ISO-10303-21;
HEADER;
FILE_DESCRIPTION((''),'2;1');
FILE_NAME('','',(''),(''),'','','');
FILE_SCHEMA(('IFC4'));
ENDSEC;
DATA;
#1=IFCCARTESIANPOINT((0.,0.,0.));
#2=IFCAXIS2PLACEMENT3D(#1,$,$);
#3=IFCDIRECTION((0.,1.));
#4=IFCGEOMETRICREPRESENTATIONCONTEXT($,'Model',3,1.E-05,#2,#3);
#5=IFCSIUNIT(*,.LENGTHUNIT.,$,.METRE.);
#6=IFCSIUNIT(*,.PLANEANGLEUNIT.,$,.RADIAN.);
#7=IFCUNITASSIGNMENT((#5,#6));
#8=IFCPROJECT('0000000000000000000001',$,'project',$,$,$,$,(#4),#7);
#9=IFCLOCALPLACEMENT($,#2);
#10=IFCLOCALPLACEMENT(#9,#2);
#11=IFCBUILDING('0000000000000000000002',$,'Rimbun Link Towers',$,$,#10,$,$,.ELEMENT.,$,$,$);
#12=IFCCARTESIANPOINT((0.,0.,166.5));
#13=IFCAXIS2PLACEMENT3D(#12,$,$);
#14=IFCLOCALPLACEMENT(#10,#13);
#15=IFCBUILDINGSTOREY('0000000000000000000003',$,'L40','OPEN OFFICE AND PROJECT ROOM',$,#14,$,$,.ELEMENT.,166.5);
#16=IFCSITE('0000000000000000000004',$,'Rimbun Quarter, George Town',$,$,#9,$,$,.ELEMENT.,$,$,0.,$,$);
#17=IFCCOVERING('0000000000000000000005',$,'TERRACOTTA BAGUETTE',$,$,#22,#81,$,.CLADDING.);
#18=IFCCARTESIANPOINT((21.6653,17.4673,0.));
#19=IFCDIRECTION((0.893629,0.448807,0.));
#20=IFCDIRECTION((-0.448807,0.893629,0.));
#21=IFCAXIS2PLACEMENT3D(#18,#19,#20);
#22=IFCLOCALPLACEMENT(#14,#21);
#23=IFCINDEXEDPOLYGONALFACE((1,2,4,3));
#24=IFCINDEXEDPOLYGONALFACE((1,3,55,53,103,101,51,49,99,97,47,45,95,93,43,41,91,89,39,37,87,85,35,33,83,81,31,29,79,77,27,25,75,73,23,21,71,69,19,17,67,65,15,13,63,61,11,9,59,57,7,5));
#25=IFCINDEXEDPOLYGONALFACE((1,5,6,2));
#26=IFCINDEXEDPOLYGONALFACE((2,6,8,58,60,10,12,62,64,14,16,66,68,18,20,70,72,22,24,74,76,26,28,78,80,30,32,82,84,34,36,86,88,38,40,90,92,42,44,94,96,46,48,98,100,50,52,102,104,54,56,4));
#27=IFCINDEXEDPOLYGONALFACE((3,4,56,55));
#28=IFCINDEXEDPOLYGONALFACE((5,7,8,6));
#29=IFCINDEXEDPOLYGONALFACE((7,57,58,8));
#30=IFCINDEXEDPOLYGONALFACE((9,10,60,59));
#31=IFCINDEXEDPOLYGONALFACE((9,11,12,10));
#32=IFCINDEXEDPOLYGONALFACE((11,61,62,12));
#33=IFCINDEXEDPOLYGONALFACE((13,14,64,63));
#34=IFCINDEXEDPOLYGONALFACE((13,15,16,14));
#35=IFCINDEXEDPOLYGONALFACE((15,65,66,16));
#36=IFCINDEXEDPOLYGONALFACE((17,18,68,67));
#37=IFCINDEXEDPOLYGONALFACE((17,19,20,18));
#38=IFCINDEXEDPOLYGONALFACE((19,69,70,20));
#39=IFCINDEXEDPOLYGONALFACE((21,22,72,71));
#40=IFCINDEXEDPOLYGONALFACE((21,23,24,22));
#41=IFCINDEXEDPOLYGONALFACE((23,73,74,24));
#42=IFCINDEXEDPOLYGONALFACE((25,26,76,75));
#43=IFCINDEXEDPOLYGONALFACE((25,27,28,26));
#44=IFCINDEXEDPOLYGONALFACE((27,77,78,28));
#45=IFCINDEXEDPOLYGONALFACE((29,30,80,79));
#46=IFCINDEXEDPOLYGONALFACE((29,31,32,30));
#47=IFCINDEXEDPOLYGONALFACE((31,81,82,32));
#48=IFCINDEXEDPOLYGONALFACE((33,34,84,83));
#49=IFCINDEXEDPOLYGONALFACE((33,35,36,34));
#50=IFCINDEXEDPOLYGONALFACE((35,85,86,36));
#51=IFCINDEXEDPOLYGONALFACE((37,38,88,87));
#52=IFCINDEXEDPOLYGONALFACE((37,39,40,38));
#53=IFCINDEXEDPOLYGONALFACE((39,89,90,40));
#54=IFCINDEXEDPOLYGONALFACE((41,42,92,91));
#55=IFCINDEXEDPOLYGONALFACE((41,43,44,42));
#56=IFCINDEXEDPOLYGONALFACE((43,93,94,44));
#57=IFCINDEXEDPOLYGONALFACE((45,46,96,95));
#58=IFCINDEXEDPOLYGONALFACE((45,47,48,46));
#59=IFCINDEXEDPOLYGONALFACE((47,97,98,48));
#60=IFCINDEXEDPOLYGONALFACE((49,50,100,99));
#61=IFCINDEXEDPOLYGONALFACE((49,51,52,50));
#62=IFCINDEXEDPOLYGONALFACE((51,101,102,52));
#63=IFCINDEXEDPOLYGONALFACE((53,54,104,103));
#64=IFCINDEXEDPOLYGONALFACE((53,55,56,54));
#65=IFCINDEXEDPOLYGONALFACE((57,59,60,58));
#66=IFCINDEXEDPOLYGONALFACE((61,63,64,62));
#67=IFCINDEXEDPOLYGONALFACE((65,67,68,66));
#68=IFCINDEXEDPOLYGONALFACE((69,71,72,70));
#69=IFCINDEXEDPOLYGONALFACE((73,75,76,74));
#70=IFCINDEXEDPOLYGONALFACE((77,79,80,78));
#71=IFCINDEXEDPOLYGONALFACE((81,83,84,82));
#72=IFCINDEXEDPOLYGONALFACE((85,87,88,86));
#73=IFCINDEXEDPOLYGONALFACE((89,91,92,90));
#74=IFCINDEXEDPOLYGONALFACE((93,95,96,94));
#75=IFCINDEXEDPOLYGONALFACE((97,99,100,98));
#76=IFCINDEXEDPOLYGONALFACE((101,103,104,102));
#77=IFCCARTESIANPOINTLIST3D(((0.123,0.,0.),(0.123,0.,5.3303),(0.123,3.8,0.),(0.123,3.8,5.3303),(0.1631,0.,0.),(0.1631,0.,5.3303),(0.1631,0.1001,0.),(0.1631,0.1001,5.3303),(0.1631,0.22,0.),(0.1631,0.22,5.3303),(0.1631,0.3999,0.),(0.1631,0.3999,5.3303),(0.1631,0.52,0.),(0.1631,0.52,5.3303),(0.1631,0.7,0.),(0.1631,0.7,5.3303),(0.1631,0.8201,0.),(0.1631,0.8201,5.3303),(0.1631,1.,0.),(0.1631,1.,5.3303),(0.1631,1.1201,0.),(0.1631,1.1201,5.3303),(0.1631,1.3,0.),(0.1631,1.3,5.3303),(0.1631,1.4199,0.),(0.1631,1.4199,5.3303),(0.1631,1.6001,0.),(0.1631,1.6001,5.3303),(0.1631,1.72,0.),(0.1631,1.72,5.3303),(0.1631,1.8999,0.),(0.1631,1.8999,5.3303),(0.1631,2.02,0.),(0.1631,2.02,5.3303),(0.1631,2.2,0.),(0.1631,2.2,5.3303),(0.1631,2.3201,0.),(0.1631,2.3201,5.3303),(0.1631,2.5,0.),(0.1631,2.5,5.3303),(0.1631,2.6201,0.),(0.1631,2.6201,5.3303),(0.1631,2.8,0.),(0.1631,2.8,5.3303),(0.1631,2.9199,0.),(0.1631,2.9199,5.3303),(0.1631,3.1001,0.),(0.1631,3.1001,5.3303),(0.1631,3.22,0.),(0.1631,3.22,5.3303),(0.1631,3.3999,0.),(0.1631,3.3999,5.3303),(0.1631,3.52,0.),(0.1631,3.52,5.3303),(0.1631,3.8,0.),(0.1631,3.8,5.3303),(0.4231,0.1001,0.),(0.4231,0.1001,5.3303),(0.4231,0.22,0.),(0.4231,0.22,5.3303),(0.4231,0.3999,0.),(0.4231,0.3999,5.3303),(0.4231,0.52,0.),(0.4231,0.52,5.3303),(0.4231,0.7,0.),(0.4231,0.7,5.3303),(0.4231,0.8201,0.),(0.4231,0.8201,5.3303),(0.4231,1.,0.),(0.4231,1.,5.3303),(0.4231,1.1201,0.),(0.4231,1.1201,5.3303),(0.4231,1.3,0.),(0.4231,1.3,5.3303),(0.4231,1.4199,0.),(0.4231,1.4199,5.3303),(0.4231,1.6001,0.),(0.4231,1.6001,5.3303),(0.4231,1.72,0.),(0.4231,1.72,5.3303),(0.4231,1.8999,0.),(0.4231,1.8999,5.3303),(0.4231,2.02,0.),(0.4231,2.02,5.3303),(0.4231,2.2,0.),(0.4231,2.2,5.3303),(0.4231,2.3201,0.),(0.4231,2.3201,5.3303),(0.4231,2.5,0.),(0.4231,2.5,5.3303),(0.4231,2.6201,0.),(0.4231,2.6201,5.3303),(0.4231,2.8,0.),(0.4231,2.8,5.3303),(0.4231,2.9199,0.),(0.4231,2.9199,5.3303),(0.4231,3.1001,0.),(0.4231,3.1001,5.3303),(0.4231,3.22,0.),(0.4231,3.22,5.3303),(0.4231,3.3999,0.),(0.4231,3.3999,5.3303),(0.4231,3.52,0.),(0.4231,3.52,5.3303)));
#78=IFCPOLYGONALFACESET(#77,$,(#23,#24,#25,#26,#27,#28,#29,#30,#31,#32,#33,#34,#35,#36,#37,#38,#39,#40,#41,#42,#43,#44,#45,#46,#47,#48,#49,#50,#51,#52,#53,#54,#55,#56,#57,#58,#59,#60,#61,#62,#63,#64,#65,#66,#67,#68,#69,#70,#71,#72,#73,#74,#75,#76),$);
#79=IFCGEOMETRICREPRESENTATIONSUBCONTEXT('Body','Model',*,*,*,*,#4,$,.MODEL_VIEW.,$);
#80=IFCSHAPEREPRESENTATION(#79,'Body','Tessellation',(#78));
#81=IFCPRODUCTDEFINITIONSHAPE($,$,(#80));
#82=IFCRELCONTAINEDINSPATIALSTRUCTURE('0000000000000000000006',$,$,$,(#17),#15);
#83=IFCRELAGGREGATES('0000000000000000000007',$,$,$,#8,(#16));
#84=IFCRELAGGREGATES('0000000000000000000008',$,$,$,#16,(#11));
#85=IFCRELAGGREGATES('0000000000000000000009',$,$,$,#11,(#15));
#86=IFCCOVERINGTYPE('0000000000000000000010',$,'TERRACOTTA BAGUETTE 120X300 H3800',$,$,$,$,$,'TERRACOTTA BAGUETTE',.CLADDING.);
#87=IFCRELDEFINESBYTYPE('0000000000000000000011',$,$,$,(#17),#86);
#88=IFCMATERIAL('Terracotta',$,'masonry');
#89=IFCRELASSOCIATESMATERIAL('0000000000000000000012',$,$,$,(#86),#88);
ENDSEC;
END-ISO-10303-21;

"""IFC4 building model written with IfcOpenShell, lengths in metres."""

from ifc_helpers import new_model, si_unit, direction, frame, origin, place, context, subcontext, project, spatial, polyline, outline, extrude, material, material_profile, profile_set, type_object, element, save


model = new_model("IFC4")

# Units and contexts
model_context = context("Model", 3, precision=1e-05, world=origin(), true_north=direction((0.0, 1.0)))
body_context = subcontext(model_context, "Body", "Model", "MODEL_VIEW")
ifc_project = project(units=[si_unit("LENGTHUNIT", "METRE"), si_unit("PLANEANGLEUNIT", "RADIAN")], contexts=[model_context])

# Site, building, storey
site_placement = place(None, origin())
site = spatial("IfcSite", under=ifc_project, at=site_placement, Name="Rimbun Quarter, George Town", CompositionType="ELEMENT", RefElevation=0.0)
building_placement = place(site_placement, origin())
building = spatial("IfcBuilding", under=site, at=building_placement, Name="Rimbun Link Towers", CompositionType="ELEMENT")
storey_placement = place(building_placement, frame((0.0, 0.0, 166.5)))
storey = spatial("IfcBuildingStorey", under=building, at=storey_placement, Name="L40", Description="OPEN OFFICE AND PROJECT ROOM", CompositionType="ELEMENT", Elevation=166.5)

# Covering
ifc_material_1 = material(Name="Terracotta", Category="masonry")
ifc_material_profile_1 = material_profile(ifc_material_1, outline(polyline([(0.123, 0.0), (0.1631, 0.0), (0.1631, 0.1001), (0.4231, 0.1001), (0.4231, 0.22), (0.1631, 0.22), (0.1631, 0.3999), (0.4231, 0.3999), (0.4231, 0.52), (0.1631, 0.52), (0.1631, 0.7), (0.4231, 0.7), (0.4231, 0.8201), (0.1631, 0.8201), (0.1631, 1.0), (0.4231, 1.0), (0.4231, 1.1201), (0.1631, 1.1201), (0.1631, 1.3), (0.4231, 1.3), (0.4231, 1.4199), (0.1631, 1.4199), (0.1631, 1.6001), (0.4231, 1.6001), (0.4231, 1.72), (0.1631, 1.72), (0.1631, 1.8999), (0.4231, 1.8999), (0.4231, 2.02), (0.1631, 2.02), (0.1631, 2.2), (0.4231, 2.2), (0.4231, 2.3201), (0.1631, 2.3201), (0.1631, 2.5), (0.4231, 2.5), (0.4231, 2.6201), (0.1631, 2.6201), (0.1631, 2.8), (0.4231, 2.8), (0.4231, 2.9199), (0.1631, 2.9199), (0.1631, 3.1001), (0.4231, 3.1001), (0.4231, 3.22), (0.1631, 3.22), (0.1631, 3.3999), (0.4231, 3.3999), (0.4231, 3.52), (0.1631, 3.52), (0.1631, 3.8), (0.123, 3.8), (0.123, 0.0)])), Name="BAGUETTE 120X300")
ifc_profile_set_1 = profile_set([ifc_material_profile_1], Name="Terracotta")
covering_type = type_object("IfcCoveringType", Name="TERRACOTTA BAGUETTE 120X300 H3800", ElementType="TERRACOTTA BAGUETTE", PredefinedType="CLADDING", material=ifc_profile_set_1)
covering_1_placement = place(storey_placement, frame((21.6653, 17.4673, 0.0), z_axis=(0.893629, 0.448807, 0.0), x_axis=(-0.448807, 0.893629, 0.0)))
element("IfcCovering", 1, at=covering_1_placement, inside=storey, type_object=covering_type, Name="TERRACOTTA BAGUETTE", PredefinedType="CLADDING", context=body_context, shape_type="SweptSolid", body=[
    extrude(outline(polyline([(0.123, 0.0), (0.1631, 0.0), (0.1631, 0.1001), (0.4231, 0.1001), (0.4231, 0.22), (0.1631, 0.22), (0.1631, 0.3999), (0.4231, 0.3999), (0.4231, 0.52), (0.1631, 0.52), (0.1631, 0.7), (0.4231, 0.7), (0.4231, 0.8201), (0.1631, 0.8201), (0.1631, 1.0), (0.4231, 1.0), (0.4231, 1.1201), (0.1631, 1.1201), (0.1631, 1.3), (0.4231, 1.3), (0.4231, 1.4199), (0.1631, 1.4199), (0.1631, 1.6001), (0.4231, 1.6001), (0.4231, 1.72), (0.1631, 1.72), (0.1631, 1.8999), (0.4231, 1.8999), (0.4231, 2.02), (0.1631, 2.02), (0.1631, 2.2), (0.4231, 2.2), (0.4231, 2.3201), (0.1631, 2.3201), (0.1631, 2.5), (0.4231, 2.5), (0.4231, 2.6201), (0.1631, 2.6201), (0.1631, 2.8), (0.4231, 2.8), (0.4231, 2.9199), (0.1631, 2.9199), (0.1631, 3.1001), (0.4231, 3.1001), (0.4231, 3.22), (0.1631, 3.22), (0.1631, 3.3999), (0.4231, 3.3999), (0.4231, 3.52), (0.1631, 3.52), (0.1631, 3.8), (0.123, 3.8), (0.123, 0.0)])), origin(), (0.0, 0.0, 1.0), 5.3303),
])

save(model, "model.ifc")
